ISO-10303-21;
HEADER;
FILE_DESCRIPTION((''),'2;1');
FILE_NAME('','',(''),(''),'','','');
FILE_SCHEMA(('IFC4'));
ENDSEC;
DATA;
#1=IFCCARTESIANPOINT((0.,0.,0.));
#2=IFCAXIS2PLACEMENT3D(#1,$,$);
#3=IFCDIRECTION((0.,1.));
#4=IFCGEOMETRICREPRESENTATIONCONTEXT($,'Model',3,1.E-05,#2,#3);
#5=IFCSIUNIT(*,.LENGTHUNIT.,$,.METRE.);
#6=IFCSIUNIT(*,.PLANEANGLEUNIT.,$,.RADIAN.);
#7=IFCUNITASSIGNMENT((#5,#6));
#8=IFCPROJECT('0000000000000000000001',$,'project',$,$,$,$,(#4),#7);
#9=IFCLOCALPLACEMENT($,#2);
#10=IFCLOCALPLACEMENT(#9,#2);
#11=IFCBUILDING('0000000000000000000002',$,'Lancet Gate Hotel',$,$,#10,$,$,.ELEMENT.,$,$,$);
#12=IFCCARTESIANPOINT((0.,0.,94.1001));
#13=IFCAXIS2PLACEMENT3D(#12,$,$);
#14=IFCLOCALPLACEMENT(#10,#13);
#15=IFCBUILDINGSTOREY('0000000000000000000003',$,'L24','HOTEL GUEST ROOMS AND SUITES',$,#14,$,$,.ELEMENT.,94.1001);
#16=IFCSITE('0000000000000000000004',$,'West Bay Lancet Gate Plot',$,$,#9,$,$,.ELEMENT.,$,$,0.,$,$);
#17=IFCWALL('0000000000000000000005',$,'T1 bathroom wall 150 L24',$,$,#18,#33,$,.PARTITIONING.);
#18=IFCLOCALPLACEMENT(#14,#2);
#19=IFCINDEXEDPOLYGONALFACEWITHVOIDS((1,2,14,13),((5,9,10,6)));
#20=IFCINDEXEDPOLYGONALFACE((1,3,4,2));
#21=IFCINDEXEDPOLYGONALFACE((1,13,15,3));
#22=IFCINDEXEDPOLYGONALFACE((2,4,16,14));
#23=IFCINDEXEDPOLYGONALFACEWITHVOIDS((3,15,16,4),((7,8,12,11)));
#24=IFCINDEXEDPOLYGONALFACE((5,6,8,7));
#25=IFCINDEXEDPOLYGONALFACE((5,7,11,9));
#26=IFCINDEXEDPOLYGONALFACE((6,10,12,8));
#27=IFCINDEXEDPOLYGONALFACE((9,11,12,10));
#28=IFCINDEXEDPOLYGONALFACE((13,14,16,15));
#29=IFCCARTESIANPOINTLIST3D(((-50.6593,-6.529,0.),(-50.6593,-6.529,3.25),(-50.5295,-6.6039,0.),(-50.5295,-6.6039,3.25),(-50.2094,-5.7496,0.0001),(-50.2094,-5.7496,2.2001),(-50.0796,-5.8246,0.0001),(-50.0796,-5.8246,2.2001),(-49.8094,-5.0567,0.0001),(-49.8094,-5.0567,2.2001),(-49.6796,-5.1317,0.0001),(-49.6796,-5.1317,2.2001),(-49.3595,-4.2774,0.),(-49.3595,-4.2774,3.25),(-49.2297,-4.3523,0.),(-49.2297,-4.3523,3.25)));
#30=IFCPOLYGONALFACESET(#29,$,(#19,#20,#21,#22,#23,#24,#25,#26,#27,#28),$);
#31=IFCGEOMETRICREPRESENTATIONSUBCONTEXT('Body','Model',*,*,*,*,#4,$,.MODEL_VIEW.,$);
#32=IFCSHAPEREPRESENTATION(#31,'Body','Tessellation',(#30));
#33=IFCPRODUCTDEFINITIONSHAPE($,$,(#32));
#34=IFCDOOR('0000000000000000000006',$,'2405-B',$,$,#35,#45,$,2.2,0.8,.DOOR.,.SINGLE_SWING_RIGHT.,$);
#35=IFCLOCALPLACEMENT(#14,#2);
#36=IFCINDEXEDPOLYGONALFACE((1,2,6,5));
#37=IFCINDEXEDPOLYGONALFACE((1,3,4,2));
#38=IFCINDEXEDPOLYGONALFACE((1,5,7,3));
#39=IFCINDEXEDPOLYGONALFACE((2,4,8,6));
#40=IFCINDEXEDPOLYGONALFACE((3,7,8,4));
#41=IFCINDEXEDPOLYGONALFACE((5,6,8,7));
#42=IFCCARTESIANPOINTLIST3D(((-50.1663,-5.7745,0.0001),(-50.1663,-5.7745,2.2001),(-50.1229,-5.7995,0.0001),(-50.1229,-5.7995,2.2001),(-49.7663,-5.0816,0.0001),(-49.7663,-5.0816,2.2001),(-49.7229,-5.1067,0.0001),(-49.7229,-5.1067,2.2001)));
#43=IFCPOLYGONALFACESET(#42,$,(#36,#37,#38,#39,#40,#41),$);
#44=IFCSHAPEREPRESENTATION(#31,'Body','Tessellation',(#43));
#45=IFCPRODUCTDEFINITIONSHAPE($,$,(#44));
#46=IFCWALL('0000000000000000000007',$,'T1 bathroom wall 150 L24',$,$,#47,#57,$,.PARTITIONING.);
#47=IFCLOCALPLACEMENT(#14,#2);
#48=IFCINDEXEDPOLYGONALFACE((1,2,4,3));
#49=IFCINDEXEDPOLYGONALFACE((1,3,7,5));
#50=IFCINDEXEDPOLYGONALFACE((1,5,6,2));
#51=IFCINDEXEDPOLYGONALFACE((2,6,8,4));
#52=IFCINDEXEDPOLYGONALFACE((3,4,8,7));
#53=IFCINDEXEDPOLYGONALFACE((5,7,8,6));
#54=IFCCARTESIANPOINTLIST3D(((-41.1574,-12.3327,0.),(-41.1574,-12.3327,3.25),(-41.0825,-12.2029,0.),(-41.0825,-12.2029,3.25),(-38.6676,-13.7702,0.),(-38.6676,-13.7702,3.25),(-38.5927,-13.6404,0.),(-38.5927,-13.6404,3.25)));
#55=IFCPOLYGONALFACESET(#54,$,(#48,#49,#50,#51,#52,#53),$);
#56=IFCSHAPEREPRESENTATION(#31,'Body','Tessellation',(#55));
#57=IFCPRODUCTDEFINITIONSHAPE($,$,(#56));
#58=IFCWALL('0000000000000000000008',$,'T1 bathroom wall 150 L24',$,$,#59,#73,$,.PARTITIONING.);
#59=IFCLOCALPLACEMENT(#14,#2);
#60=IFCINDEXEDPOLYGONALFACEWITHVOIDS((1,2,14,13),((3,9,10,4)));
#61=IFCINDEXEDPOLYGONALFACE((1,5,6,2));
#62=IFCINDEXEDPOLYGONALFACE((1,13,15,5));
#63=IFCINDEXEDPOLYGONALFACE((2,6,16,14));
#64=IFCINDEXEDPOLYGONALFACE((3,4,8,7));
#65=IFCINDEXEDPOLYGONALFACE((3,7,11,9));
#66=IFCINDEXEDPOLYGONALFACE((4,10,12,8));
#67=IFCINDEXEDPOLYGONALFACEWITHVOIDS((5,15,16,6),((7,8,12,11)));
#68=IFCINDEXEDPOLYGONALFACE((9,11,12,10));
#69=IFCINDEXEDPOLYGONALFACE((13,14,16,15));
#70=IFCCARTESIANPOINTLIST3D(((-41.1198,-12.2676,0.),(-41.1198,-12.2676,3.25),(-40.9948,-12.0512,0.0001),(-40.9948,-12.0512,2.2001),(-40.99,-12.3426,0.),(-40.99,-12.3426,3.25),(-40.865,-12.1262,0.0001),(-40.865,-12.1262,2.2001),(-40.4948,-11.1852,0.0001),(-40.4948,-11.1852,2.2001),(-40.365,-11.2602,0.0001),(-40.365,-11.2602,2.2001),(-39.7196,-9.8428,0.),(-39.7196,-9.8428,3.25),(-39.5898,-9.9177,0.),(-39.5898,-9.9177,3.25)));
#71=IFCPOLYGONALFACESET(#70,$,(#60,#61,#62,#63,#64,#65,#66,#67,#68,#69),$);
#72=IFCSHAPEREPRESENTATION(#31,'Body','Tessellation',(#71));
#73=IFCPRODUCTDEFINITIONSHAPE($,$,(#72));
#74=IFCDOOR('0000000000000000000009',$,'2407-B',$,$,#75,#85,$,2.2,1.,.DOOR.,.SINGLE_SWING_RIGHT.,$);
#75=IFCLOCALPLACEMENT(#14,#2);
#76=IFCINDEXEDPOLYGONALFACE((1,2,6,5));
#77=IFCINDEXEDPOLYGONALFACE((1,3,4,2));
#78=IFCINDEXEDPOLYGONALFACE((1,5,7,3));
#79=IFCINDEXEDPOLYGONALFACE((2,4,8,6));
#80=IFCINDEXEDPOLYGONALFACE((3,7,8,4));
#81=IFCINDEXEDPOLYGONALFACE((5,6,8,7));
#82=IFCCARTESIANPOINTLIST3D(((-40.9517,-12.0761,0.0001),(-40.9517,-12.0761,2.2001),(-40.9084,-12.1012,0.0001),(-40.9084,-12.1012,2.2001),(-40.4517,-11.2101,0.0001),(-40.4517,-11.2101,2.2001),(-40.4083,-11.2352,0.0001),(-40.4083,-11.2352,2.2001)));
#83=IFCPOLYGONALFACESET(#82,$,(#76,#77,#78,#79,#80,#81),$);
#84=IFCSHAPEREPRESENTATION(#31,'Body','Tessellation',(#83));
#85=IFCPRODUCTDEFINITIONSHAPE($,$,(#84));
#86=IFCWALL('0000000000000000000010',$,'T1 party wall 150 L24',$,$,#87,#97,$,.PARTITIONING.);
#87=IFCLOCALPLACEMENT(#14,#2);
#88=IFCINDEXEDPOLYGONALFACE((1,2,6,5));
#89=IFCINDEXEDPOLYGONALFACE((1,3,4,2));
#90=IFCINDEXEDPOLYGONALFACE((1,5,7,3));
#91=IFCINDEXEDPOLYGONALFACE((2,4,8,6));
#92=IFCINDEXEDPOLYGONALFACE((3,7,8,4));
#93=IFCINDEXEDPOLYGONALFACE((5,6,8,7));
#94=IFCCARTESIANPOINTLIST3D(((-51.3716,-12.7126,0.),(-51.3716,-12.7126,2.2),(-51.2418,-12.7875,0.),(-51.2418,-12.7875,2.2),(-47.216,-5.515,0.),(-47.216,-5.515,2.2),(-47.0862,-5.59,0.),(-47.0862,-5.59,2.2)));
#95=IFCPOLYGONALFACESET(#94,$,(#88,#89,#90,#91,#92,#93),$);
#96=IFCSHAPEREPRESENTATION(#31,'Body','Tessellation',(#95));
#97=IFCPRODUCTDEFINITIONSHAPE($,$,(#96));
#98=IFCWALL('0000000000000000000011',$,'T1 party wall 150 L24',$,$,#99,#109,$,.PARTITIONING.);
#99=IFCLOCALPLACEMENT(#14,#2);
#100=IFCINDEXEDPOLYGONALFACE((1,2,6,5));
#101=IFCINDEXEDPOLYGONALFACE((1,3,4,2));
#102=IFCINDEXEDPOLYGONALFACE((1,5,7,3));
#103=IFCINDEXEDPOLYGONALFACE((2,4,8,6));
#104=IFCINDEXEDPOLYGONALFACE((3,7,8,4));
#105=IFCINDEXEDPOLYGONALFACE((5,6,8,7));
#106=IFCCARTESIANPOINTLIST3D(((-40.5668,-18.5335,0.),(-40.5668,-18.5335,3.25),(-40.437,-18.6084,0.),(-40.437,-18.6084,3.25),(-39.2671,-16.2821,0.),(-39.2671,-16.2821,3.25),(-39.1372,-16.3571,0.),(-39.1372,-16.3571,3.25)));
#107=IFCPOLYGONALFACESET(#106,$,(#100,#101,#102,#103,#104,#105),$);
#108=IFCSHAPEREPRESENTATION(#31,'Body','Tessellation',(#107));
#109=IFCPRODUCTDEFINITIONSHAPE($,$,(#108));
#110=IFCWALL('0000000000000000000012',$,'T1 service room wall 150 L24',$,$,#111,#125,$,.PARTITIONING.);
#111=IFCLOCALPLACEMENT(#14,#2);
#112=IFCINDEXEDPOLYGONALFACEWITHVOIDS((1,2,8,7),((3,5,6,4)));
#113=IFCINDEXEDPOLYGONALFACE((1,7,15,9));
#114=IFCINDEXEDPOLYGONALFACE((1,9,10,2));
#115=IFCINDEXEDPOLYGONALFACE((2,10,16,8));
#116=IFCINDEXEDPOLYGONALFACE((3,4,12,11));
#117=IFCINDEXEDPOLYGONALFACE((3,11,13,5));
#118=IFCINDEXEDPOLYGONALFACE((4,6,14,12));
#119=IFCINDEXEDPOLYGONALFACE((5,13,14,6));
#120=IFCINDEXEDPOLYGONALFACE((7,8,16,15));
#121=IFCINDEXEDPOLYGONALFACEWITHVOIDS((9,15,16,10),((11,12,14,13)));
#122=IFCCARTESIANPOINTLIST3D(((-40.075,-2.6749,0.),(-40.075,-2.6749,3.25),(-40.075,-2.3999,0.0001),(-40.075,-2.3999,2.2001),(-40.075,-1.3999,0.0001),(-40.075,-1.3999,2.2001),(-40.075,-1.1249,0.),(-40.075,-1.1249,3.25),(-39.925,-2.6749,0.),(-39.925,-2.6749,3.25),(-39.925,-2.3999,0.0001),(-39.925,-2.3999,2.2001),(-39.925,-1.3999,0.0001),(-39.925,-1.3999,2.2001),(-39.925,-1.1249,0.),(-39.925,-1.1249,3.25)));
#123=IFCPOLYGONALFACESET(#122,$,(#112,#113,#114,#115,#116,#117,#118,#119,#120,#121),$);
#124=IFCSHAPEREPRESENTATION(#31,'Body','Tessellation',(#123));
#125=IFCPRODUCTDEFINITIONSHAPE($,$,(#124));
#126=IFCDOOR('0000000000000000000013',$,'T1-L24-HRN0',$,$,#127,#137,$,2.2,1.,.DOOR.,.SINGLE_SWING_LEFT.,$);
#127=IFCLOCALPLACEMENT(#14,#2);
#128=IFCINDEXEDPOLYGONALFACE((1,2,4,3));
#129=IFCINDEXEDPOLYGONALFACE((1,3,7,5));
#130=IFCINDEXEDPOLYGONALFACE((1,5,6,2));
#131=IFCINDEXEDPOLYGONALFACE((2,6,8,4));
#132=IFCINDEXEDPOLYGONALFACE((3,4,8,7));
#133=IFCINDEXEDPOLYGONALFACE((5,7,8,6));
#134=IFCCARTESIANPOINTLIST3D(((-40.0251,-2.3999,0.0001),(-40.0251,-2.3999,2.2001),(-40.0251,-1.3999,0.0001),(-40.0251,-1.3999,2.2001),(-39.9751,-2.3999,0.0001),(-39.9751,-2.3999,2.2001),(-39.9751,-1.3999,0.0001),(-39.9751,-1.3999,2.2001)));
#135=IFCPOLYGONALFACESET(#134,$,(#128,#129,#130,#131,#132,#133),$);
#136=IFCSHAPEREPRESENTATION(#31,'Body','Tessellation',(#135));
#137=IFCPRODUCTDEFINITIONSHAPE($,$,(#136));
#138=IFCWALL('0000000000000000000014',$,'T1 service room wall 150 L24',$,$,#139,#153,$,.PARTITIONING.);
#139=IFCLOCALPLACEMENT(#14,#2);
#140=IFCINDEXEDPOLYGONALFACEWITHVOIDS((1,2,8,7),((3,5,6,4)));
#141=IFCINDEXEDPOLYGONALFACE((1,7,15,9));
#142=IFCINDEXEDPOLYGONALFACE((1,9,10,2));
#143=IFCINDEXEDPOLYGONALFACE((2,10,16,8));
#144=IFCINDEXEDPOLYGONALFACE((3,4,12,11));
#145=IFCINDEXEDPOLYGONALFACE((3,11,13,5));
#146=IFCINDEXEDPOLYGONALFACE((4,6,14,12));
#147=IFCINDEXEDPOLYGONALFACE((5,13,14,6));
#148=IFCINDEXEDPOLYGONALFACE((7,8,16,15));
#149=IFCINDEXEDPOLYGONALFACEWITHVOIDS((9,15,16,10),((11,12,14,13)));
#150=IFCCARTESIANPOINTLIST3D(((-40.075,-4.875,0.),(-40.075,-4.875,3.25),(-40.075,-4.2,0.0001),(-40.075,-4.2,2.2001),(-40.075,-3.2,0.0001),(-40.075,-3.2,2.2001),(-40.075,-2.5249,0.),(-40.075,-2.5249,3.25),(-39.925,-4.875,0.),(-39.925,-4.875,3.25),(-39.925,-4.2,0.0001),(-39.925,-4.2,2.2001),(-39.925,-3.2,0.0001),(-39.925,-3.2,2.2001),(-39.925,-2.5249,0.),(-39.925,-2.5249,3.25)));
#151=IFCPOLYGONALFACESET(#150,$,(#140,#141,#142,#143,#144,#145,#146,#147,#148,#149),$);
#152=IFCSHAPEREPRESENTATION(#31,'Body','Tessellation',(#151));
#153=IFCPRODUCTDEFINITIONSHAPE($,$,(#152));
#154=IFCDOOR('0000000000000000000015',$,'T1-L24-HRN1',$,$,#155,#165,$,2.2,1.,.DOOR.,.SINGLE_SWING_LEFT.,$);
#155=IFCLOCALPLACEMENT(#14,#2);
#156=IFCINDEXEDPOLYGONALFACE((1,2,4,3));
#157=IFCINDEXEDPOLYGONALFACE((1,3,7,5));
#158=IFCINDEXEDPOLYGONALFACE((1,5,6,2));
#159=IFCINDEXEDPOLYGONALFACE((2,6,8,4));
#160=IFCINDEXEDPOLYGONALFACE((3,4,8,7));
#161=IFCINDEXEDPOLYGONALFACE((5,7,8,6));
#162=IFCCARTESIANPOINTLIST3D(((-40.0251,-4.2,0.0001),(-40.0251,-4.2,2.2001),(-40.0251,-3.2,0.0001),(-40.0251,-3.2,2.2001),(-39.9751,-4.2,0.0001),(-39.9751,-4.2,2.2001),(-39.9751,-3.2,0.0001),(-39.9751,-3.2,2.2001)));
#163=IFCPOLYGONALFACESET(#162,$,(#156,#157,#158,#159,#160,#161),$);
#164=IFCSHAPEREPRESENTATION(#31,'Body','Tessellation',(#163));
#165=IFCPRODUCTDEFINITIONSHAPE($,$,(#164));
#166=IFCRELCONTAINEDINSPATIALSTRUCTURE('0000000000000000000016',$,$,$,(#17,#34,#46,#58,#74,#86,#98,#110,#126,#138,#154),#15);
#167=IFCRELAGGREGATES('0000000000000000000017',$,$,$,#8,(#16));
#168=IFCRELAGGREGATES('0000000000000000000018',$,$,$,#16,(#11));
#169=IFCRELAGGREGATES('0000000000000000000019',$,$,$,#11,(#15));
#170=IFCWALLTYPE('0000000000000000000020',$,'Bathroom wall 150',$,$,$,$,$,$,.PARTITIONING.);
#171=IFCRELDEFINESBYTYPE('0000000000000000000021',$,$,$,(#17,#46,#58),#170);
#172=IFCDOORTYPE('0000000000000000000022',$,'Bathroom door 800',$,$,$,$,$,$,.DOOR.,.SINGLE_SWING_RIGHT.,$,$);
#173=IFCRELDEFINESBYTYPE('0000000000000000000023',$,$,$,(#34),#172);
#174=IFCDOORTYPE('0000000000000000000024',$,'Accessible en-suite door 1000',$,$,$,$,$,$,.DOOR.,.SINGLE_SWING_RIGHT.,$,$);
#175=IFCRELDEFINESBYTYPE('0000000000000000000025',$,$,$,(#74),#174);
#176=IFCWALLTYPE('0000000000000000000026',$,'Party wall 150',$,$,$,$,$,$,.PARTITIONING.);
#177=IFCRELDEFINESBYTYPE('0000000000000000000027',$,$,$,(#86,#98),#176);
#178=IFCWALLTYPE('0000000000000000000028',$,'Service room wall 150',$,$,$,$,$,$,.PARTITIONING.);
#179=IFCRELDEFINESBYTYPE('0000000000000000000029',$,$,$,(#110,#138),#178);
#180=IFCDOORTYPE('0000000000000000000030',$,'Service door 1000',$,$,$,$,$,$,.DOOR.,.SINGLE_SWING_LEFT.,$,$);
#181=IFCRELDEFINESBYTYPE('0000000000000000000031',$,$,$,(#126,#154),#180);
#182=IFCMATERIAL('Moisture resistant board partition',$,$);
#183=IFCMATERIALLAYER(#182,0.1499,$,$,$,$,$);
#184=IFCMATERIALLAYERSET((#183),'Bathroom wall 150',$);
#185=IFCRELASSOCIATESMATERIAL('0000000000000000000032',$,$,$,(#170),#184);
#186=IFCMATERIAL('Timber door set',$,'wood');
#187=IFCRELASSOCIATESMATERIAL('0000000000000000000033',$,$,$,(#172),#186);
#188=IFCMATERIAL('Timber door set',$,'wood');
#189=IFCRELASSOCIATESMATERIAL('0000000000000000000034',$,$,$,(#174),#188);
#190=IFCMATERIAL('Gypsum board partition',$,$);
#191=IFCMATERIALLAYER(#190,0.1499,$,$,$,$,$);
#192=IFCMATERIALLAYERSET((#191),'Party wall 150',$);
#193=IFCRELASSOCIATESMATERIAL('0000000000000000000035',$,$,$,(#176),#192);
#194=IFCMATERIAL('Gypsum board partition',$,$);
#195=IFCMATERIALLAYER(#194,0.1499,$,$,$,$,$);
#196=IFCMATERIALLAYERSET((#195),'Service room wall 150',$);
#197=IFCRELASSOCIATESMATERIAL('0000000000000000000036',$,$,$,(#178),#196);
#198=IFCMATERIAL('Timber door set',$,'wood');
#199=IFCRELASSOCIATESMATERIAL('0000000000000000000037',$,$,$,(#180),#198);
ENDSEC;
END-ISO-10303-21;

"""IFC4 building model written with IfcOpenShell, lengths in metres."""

from ifc_helpers import new_model, si_unit, direction, frame, frame_2d, origin, place, context, subcontext, project, spatial, rectangle, extrude, material, layer, layer_set, type_object, element, fill, save


model = new_model("IFC4")

# Units and contexts
model_context = context("Model", 3, precision=1e-05, world=origin(), true_north=direction((0.0, 1.0)))
body_context = subcontext(model_context, "Body", "Model", "MODEL_VIEW")
ifc_project = project(units=[si_unit("LENGTHUNIT", "METRE"), si_unit("PLANEANGLEUNIT", "RADIAN")], contexts=[model_context])

# Site, building, storey
site_placement = place(None, origin())
site = spatial("IfcSite", under=ifc_project, at=site_placement, Name="West Bay Lancet Gate Plot", CompositionType="ELEMENT", RefElevation=0.0)
building_placement = place(site_placement, origin())
building = spatial("IfcBuilding", under=site, at=building_placement, Name="Lancet Gate Hotel", CompositionType="ELEMENT")
storey_placement = place(building_placement, frame((0.0, 0.0, 94.1001)))
storey = spatial("IfcBuildingStorey", under=building, at=storey_placement, Name="L24", Description="HOTEL GUEST ROOMS AND SUITES", CompositionType="ELEMENT", Elevation=94.1001)

# Shared definitions
ifc_material_1 = material(Name="Moisture resistant board partition")
ifc_layer_1 = layer(ifc_material_1, 0.1499)
ifc_layer_set_1 = layer_set([ifc_layer_1], Name="Bathroom wall 150")
wall_type_1 = type_object("IfcWallType", Name="Bathroom wall 150", PredefinedType="PARTITIONING", material=ifc_layer_set_1)

# Wall, opening, door
wall_1_placement = place(storey_placement, frame((-49.2947, -4.3149, 0.0), z_axis=(0.0, 0.0, 1.0), x_axis=(-0.499937, -0.866062, 0.0)))
wall_1 = element("IfcWall", 1, at=wall_1_placement, inside=storey, type_object=wall_type_1, Name="T1 bathroom wall 150 L24", PredefinedType="PARTITIONING", context=body_context, shape_type="SweptSolid", body=[
    extrude(rectangle(XDim=2.5999, YDim=0.1499, at=frame_2d((1.2998, 0.0))), origin(), (0.0, 0.0, 1.0), 3.25),
])
opening_1_placement = place(wall_1_placement, frame((0.8999, 0.0, 0.0)))
opening_1 = element("IfcOpeningElement", 2, at=opening_1_placement, cuts=wall_1, PredefinedType="OPENING", context=body_context, shape_type="SweptSolid", body=[
    extrude(rectangle(XDim=0.8, YDim=2.2, at=frame_2d((0.3999, 1.1001))), frame((0.0, 0.085, 0.0), z_axis=(0.0, -1.0, 0.0), x_axis=(1.0, 0.0, 0.0)), (0.0, 0.0, 1.0), 0.1699),
])
ifc_material_2 = material(Name="Timber door set", Category="wood")
door_type_1 = type_object("IfcDoorType", Name="Bathroom door 800", OperationType="SINGLE_SWING_RIGHT", PredefinedType="DOOR", material=ifc_material_2)
door_1_placement = place(opening_1_placement, origin())
door_1 = element("IfcDoor", 3, at=door_1_placement, inside=storey, type_object=door_type_1, Name="2405-B", OperationType="SINGLE_SWING_RIGHT", OverallHeight=2.2, OverallWidth=0.8, PredefinedType="DOOR", context=body_context, shape_type="SweptSolid", body=[
    extrude(rectangle(XDim=0.8, YDim=2.2, at=frame_2d((0.3999, 1.1001))), frame((0.0, 0.0249, 0.0), z_axis=(0.0, -1.0, 0.0), x_axis=(1.0, 0.0, 0.0)), (0.0, 0.0, 1.0), 0.05),
])
fill(opening_1, door_1)

# Wall
wall_2_placement = place(storey_placement, frame((-38.6301, -13.7053, 0.0), z_axis=(0.0, 0.0, 1.0), x_axis=(-0.866019, 0.500012, 0.0)))
element("IfcWall", 4, at=wall_2_placement, inside=storey, type_object=wall_type_1, Name="T1 bathroom wall 150 L24", PredefinedType="PARTITIONING", context=body_context, shape_type="SweptSolid", body=[
    extrude(rectangle(XDim=2.875, YDim=0.1499, at=frame_2d((1.4375, 0.0))), origin(), (0.0, 0.0, 1.0), 3.25),
])

# Wall, opening, door
wall_3_placement = place(storey_placement, frame((-39.6548, -9.8804, 0.0), z_axis=(0.0, 0.0, 1.0), x_axis=(-0.50005, -0.865997, 0.0)))
wall_3 = element("IfcWall", 5, at=wall_3_placement, inside=storey, type_object=wall_type_1, Name="T1 bathroom wall 150 L24", PredefinedType="PARTITIONING", context=body_context, shape_type="SweptSolid", body=[
    extrude(rectangle(XDim=2.8, YDim=0.1499, at=frame_2d((1.3999, 0.0))), origin(), (0.0, 0.0, 1.0), 3.25),
])
opening_2_placement = place(wall_3_placement, frame((1.55, 0.0, 0.0)))
opening_2 = element("IfcOpeningElement", 6, at=opening_2_placement, cuts=wall_3, PredefinedType="OPENING", context=body_context, shape_type="SweptSolid", body=[
    extrude(rectangle(XDim=1.0, YDim=2.2, at=frame_2d((0.5, 1.1001))), frame((0.0, 0.085, 0.0), z_axis=(0.0, -1.0, 0.0), x_axis=(1.0, 0.0, 0.0)), (0.0, 0.0, 1.0), 0.1699),
])
ifc_material_3 = material(Name="Timber door set", Category="wood")
door_type_2 = type_object("IfcDoorType", Name="Accessible en-suite door 1000", OperationType="SINGLE_SWING_RIGHT", PredefinedType="DOOR", material=ifc_material_3)
door_2_placement = place(opening_2_placement, origin())
door_2 = element("IfcDoor", 7, at=door_2_placement, inside=storey, type_object=door_type_2, Name="2407-B", OperationType="SINGLE_SWING_RIGHT", OverallHeight=2.2, OverallWidth=1.0, PredefinedType="DOOR", context=body_context, shape_type="SweptSolid", body=[
    extrude(rectangle(XDim=1.0, YDim=2.2, at=frame_2d((0.5, 1.1001))), frame((0.0, 0.0249, 0.0), z_axis=(0.0, -1.0, 0.0), x_axis=(1.0, 0.0, 0.0)), (0.0, 0.0, 1.0), 0.05),
])
fill(opening_2, door_2)

# Walls
ifc_material_4 = material(Name="Gypsum board partition")
ifc_layer_2 = layer(ifc_material_4, 0.1499)
ifc_layer_set_2 = layer_set([ifc_layer_2], Name="Party wall 150")
wall_type_2 = type_object("IfcWallType", Name="Party wall 150", PredefinedType="PARTITIONING", material=ifc_layer_set_2)
wall_4_placement = place(storey_placement, frame((-47.1511, -5.5525, 0.0), z_axis=(0.0, 0.0, 1.0), x_axis=(-0.500003, -0.866024, 0.0)))
element("IfcWall", 8, at=wall_4_placement, inside=storey, type_object=wall_type_2, Name="T1 party wall 150 L24", PredefinedType="PARTITIONING", context=body_context, shape_type="SweptSolid", body=[
    extrude(rectangle(XDim=8.311, YDim=0.1499, at=frame_2d((4.1555, 0.0))), origin(), (0.0, 0.0, 1.0), 2.2),
])
wall_5_placement = place(storey_placement, frame((-39.2021, -16.3196, 0.0), z_axis=(0.0, 0.0, 1.0), x_axis=(-0.499977, -0.866039, 0.0)))
element("IfcWall", 9, at=wall_5_placement, inside=storey, type_object=wall_type_2, Name="T1 party wall 150 L24", PredefinedType="PARTITIONING", context=body_context, shape_type="SweptSolid", body=[
    extrude(rectangle(XDim=2.5996, YDim=0.1499, at=frame_2d((1.2998, 0.0))), origin(), (0.0, 0.0, 1.0), 3.25),
])

# Walls, openings, doors
ifc_material_5 = material(Name="Gypsum board partition")
ifc_layer_3 = layer(ifc_material_5, 0.1499)
ifc_layer_set_3 = layer_set([ifc_layer_3], Name="Service room wall 150")
wall_type_3 = type_object("IfcWallType", Name="Service room wall 150", PredefinedType="PARTITIONING", material=ifc_layer_set_3)
wall_6_placement = place(storey_placement, frame((-40.0, -1.125, 0.0), z_axis=(0.0, 0.0, 1.0), x_axis=(0.0, -1.0, 0.0)))
wall_6 = element("IfcWall", 10, at=wall_6_placement, inside=storey, type_object=wall_type_3, Name="T1 service room wall 150 L24", PredefinedType="PARTITIONING", context=body_context, shape_type="SweptSolid", body=[
    extrude(rectangle(XDim=1.55, YDim=0.1499, at=frame_2d((0.7749, 0.0))), origin(), (0.0, 0.0, 1.0), 3.25),
])
opening_3_placement = place(wall_6_placement, frame((0.2749, 0.0, 0.0)))
opening_3 = element("IfcOpeningElement", 11, at=opening_3_placement, cuts=wall_6, PredefinedType="OPENING", context=body_context, shape_type="SweptSolid", body=[
    extrude(rectangle(XDim=1.0, YDim=2.2, at=frame_2d((0.5, 1.1001))), frame((0.0, 0.085, 0.0), z_axis=(0.0, -1.0, 0.0), x_axis=(1.0, 0.0, 0.0)), (0.0, 0.0, 1.0), 0.1699),
])
ifc_material_6 = material(Name="Timber door set", Category="wood")
door_type_3 = type_object("IfcDoorType", Name="Service door 1000", OperationType="SINGLE_SWING_LEFT", PredefinedType="DOOR", material=ifc_material_6)
door_3_placement = place(opening_3_placement, origin())
door_3 = element("IfcDoor", 12, at=door_3_placement, inside=storey, type_object=door_type_3, Name="T1-L24-HRN0", OperationType="SINGLE_SWING_LEFT", OverallHeight=2.2, OverallWidth=1.0, PredefinedType="DOOR", context=body_context, shape_type="SweptSolid", body=[
    extrude(rectangle(XDim=1.0, YDim=2.2, at=frame_2d((0.5, 1.1001))), frame((0.0, 0.0249, 0.0), z_axis=(0.0, -1.0, 0.0), x_axis=(1.0, 0.0, 0.0)), (0.0, 0.0, 1.0), 0.05),
])
fill(opening_3, door_3)
wall_7_placement = place(storey_placement, frame((-40.0, -2.5249, 0.0), z_axis=(0.0, 0.0, 1.0), x_axis=(0.0, -1.0, 0.0)))
wall_7 = element("IfcWall", 13, at=wall_7_placement, inside=storey, type_object=wall_type_3, Name="T1 service room wall 150 L24", PredefinedType="PARTITIONING", context=body_context, shape_type="SweptSolid", body=[
    extrude(rectangle(XDim=2.3501, YDim=0.1499, at=frame_2d((1.175, 0.0))), origin(), (0.0, 0.0, 1.0), 3.25),
])
opening_4_placement = place(wall_7_placement, frame((0.675, 0.0, 0.0)))
opening_4 = element("IfcOpeningElement", 14, at=opening_4_placement, cuts=wall_7, PredefinedType="OPENING", context=body_context, shape_type="SweptSolid", body=[
    extrude(rectangle(XDim=1.0, YDim=2.2, at=frame_2d((0.5, 1.1001))), frame((0.0, 0.085, 0.0), z_axis=(0.0, -1.0, 0.0), x_axis=(1.0, 0.0, 0.0)), (0.0, 0.0, 1.0), 0.1699),
])
door_4_placement = place(opening_4_placement, origin())
door_4 = element("IfcDoor", 15, at=door_4_placement, inside=storey, type_object=door_type_3, Name="T1-L24-HRN1", OperationType="SINGLE_SWING_LEFT", OverallHeight=2.2, OverallWidth=1.0, PredefinedType="DOOR", context=body_context, shape_type="SweptSolid", body=[
    extrude(rectangle(XDim=1.0, YDim=2.2, at=frame_2d((0.5, 1.1001))), frame((0.0, 0.0249, 0.0), z_axis=(0.0, -1.0, 0.0), x_axis=(1.0, 0.0, 0.0)), (0.0, 0.0, 1.0), 0.05),
])
fill(opening_4, door_4)

save(model, "model.ifc")
